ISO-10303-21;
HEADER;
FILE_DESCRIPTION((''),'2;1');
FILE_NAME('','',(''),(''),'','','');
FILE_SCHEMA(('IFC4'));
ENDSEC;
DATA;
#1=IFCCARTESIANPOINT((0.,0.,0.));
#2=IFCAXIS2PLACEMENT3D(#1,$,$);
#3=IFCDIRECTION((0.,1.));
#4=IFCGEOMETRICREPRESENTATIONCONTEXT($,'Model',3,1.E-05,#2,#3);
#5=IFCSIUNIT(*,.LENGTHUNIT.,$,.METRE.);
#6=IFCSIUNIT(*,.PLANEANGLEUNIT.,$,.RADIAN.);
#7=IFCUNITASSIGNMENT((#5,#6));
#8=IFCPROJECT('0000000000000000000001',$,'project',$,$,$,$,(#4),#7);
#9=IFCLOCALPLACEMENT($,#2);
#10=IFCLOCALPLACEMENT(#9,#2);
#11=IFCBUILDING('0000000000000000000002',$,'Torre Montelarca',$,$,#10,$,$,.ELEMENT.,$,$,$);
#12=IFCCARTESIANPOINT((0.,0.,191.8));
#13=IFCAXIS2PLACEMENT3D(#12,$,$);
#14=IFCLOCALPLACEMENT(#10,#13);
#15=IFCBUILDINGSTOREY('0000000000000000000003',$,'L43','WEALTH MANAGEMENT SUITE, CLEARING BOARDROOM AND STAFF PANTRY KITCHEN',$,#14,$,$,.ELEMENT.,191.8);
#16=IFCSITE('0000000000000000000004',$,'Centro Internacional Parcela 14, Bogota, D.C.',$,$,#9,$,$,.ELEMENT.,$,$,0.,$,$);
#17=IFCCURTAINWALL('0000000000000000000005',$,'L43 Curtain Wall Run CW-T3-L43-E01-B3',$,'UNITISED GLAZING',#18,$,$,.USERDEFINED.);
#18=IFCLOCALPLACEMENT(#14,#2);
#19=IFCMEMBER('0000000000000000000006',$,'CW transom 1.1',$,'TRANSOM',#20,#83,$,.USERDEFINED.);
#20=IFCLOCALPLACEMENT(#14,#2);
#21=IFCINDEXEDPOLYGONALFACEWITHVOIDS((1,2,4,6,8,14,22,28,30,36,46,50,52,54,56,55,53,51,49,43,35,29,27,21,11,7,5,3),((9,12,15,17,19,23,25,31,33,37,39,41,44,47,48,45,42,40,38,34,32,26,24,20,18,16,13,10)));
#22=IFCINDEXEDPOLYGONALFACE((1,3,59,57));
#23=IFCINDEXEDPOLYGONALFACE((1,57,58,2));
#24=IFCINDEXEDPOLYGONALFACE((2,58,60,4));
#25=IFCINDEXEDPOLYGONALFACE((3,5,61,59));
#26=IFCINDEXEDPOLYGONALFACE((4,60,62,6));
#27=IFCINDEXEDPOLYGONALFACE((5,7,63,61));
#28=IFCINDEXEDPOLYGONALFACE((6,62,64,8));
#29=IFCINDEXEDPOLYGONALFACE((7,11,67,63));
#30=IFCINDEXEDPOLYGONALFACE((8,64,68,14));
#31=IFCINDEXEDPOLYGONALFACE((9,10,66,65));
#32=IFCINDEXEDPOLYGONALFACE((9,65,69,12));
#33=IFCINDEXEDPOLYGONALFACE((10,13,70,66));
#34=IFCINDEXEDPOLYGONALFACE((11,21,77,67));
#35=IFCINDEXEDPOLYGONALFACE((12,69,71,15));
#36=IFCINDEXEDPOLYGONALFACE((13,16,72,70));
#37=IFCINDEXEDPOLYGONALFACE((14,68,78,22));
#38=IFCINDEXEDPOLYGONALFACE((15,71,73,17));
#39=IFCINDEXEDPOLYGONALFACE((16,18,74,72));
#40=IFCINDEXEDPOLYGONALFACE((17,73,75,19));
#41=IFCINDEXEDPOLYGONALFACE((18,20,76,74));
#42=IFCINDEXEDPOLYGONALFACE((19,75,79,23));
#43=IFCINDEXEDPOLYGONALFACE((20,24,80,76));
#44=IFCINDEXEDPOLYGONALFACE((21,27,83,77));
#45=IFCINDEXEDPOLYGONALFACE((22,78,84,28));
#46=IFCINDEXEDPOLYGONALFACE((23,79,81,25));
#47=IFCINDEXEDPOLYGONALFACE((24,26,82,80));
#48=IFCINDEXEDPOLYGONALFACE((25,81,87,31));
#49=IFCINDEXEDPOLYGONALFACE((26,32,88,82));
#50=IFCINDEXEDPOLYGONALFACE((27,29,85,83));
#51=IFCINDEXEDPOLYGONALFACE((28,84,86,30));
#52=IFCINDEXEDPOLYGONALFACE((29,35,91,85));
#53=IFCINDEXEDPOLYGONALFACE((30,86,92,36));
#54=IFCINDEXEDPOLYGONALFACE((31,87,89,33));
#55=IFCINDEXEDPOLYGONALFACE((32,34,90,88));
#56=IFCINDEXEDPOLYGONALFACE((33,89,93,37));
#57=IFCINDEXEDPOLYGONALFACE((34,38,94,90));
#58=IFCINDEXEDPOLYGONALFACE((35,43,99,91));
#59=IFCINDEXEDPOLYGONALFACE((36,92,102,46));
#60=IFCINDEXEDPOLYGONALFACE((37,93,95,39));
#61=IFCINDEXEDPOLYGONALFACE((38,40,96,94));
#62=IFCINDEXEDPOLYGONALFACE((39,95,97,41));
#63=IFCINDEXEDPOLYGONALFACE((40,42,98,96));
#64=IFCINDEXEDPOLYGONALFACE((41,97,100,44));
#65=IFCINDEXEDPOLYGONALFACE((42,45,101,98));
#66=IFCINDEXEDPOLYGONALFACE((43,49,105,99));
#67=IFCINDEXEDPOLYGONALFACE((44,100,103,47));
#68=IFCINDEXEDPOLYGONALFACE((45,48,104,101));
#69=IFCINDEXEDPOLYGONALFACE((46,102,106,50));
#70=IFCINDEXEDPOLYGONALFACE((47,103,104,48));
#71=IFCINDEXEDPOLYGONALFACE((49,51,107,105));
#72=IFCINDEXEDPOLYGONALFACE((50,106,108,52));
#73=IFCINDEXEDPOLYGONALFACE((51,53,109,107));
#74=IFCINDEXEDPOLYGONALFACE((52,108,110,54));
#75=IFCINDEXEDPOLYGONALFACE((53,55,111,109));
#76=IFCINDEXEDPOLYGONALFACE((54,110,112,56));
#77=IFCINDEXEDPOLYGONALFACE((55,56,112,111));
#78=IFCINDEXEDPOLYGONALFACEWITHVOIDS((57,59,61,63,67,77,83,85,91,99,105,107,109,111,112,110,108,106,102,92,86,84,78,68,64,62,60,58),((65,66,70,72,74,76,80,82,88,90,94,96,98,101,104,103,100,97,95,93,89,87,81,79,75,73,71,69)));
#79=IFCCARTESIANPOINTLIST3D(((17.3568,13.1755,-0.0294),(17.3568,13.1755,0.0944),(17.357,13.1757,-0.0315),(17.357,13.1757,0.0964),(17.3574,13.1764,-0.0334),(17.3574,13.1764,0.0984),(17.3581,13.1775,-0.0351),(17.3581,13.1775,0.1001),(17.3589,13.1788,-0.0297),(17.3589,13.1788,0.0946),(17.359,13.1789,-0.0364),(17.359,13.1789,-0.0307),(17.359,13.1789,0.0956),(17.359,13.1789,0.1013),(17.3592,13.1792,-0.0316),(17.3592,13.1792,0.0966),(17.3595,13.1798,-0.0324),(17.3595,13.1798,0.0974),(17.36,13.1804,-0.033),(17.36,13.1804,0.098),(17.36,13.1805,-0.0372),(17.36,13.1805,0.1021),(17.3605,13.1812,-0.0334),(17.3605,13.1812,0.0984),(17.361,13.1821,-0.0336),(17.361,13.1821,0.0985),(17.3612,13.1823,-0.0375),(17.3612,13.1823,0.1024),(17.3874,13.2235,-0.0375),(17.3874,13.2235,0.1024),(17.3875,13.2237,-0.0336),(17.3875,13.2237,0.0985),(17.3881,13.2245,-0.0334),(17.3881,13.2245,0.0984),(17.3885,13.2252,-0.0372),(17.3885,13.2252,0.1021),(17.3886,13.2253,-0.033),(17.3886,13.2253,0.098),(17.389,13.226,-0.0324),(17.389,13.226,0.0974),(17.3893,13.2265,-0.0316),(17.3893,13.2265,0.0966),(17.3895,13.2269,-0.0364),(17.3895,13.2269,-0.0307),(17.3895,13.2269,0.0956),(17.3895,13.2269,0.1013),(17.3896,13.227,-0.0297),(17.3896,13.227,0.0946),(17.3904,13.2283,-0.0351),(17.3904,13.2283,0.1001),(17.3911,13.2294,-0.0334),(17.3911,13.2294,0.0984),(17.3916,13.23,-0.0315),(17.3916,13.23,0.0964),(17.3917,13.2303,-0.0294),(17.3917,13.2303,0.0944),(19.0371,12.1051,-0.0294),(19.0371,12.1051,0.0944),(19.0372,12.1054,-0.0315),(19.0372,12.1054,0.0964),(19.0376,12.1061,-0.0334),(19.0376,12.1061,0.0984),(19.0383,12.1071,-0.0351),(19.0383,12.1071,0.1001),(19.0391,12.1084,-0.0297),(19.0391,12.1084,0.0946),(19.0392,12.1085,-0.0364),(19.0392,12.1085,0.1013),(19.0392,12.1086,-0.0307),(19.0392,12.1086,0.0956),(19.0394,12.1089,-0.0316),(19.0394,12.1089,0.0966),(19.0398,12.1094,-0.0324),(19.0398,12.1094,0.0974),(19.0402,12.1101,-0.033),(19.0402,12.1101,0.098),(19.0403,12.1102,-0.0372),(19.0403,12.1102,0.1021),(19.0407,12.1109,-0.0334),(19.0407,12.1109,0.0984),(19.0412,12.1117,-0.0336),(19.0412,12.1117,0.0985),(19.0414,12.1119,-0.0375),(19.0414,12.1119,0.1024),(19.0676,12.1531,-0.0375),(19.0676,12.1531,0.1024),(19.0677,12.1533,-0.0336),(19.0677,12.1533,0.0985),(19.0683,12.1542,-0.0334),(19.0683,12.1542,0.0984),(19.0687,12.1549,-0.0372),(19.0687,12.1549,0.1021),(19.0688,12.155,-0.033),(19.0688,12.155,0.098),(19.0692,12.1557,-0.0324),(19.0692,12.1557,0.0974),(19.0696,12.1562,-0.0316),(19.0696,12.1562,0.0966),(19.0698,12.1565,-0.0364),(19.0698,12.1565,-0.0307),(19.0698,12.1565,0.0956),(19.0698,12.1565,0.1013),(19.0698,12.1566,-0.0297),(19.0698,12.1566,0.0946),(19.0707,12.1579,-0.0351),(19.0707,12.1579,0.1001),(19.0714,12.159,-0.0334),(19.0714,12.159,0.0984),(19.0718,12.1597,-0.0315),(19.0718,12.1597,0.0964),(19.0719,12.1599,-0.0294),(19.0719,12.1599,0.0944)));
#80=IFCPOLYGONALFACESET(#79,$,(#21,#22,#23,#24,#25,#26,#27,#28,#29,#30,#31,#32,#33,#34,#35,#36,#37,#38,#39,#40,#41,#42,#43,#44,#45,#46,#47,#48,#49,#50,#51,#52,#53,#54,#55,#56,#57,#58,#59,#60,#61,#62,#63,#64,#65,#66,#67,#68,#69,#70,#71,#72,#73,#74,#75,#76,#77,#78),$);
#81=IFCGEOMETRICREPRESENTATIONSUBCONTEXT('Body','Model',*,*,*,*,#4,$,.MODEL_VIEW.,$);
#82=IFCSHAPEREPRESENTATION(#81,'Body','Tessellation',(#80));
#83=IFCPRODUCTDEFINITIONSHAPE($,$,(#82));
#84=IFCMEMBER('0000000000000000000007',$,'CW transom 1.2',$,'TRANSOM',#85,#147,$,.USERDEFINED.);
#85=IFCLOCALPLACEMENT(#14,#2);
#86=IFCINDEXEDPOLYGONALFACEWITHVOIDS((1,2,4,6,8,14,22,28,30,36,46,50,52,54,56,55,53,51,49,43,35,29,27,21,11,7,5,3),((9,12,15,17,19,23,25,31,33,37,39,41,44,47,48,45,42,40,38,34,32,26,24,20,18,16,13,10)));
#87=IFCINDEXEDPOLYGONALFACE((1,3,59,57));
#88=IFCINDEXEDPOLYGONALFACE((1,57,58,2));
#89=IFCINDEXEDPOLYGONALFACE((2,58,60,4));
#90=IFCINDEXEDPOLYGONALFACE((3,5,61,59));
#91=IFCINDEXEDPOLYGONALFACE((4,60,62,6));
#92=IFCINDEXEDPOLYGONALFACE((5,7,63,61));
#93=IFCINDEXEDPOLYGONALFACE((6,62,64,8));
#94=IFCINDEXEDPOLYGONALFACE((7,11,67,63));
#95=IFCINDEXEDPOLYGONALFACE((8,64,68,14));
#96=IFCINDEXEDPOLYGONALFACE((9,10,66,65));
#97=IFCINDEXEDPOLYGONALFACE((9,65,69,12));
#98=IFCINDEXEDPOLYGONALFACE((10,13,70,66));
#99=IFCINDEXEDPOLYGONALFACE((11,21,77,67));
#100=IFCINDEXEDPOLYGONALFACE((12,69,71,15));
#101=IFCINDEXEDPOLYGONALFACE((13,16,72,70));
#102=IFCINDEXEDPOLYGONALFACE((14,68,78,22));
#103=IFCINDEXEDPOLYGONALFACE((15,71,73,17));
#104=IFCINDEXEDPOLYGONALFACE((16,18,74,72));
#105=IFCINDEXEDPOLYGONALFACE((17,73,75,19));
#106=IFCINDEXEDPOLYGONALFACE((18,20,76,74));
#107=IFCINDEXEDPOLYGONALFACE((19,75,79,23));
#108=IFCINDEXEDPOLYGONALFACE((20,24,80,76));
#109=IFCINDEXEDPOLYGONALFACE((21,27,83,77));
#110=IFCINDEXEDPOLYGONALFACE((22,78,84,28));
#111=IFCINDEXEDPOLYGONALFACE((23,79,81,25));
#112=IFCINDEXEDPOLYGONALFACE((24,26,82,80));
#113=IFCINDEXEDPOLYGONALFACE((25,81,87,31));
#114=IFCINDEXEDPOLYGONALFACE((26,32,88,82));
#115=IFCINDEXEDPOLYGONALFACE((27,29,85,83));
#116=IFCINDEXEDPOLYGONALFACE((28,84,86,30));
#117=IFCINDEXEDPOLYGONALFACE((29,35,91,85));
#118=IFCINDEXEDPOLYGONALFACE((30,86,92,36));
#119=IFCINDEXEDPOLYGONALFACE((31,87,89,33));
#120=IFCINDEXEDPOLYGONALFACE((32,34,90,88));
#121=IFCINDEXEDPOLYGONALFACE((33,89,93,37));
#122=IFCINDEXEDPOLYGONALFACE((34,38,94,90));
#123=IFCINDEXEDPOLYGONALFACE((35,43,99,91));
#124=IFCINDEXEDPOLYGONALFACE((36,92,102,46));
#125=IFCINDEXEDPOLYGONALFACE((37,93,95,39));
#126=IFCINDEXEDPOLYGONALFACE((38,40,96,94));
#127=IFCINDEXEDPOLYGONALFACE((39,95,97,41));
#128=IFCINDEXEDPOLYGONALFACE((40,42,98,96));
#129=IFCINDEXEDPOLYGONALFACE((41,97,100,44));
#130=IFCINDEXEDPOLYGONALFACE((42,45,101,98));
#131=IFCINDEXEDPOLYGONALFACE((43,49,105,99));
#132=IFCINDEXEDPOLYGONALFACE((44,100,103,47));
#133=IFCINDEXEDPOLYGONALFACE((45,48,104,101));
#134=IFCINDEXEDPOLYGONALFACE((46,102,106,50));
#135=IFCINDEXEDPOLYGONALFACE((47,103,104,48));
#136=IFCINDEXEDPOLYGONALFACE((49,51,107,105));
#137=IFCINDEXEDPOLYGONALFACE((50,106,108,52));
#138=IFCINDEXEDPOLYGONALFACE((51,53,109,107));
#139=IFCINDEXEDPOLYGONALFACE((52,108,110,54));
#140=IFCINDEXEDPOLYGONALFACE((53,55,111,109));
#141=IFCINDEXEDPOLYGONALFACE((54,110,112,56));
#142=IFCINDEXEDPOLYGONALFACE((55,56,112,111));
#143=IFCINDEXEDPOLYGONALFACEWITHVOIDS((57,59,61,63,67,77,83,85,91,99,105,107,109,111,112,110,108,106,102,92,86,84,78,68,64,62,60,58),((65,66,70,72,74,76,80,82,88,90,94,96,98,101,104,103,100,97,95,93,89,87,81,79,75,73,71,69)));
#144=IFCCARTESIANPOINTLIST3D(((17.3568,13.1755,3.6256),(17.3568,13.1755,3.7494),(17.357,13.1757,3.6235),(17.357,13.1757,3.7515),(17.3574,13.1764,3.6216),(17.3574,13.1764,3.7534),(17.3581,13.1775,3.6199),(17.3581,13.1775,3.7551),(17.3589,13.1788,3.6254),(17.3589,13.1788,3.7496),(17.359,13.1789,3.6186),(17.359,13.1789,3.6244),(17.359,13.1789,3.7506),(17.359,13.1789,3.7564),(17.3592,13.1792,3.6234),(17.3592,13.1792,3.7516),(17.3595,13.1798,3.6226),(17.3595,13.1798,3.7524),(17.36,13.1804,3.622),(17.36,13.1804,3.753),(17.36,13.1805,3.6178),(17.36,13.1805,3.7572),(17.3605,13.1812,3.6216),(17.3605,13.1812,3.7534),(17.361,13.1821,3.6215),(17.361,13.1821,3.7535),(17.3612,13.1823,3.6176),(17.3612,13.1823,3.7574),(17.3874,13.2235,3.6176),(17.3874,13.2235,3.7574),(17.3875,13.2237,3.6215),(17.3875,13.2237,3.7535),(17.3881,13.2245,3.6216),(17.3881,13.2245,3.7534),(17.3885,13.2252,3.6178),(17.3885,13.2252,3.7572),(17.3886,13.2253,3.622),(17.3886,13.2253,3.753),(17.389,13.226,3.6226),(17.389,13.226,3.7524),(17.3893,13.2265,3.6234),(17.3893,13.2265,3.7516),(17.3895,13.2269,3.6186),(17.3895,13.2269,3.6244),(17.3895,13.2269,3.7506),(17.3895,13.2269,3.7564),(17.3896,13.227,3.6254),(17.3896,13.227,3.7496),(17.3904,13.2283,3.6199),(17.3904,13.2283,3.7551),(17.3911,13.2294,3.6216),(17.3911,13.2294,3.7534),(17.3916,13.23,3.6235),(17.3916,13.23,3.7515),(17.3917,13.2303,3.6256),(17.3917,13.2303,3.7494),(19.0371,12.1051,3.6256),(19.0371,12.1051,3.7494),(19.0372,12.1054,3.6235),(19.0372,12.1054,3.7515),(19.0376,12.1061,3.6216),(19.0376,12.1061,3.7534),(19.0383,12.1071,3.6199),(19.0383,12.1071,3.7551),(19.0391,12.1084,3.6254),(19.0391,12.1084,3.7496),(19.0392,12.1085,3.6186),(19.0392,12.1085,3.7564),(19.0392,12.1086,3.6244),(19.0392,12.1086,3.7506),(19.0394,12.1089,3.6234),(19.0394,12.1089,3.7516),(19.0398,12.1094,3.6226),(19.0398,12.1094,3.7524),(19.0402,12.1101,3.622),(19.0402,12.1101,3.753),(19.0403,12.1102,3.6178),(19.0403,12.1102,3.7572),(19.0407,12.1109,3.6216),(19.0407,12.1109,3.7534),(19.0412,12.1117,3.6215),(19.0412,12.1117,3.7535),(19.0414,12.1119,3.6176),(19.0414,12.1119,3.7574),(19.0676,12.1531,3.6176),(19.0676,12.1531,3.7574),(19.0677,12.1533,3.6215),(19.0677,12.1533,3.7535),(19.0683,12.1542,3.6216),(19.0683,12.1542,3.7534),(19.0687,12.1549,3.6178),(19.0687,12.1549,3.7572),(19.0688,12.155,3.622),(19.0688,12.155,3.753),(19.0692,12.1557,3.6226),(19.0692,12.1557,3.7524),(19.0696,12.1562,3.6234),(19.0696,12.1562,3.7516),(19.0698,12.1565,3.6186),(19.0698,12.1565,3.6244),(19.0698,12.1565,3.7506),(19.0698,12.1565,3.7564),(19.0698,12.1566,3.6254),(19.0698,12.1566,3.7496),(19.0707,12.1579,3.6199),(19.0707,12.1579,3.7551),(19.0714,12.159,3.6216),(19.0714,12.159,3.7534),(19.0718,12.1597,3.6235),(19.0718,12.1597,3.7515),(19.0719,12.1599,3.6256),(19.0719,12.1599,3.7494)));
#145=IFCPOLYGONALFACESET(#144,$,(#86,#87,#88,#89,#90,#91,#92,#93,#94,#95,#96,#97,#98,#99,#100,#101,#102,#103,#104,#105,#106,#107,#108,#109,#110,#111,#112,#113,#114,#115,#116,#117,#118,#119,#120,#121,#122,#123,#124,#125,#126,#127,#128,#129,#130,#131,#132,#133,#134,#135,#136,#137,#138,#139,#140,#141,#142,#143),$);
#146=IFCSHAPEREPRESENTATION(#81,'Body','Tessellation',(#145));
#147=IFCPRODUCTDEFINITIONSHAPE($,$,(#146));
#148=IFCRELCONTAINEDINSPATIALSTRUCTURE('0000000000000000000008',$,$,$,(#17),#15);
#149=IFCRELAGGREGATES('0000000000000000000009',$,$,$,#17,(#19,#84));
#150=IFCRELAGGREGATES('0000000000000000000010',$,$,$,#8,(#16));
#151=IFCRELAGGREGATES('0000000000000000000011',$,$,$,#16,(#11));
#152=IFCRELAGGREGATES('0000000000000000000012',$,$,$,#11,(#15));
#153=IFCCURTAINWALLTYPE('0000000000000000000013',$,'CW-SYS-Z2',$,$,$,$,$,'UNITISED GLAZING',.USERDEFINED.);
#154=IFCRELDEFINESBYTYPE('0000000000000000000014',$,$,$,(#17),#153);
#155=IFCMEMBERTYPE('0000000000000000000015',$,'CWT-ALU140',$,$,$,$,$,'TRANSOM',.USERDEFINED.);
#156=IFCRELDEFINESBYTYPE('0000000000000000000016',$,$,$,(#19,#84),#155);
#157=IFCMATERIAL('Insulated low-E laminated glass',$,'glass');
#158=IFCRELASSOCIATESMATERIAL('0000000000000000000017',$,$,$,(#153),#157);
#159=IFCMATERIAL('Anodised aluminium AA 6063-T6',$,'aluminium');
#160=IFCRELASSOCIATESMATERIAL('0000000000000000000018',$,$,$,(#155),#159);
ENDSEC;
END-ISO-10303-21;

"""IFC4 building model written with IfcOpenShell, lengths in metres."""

from ifc_helpers import new_model, si_unit, direction, frame, origin, origin_2d, place, context, subcontext, project, spatial, hollow_rectangle, extrude, source, transform, mapped, material, material_profile, profile_set, type_object, element, aggregate, save


model = new_model("IFC4")

# Units and contexts
model_context = context("Model", 3, precision=1e-05, world=origin(), true_north=direction((0.0, 1.0)))
body_context = subcontext(model_context, "Body", "Model", "MODEL_VIEW")
ifc_project = project(units=[si_unit("LENGTHUNIT", "METRE"), si_unit("PLANEANGLEUNIT", "RADIAN")], contexts=[model_context])

# Site, building, storey
site_placement = place(None, origin())
site = spatial("IfcSite", under=ifc_project, at=site_placement, Name="Centro Internacional Parcela 14, Bogota, D.C.", CompositionType="ELEMENT", RefElevation=0.0)
building_placement = place(site_placement, origin())
building = spatial("IfcBuilding", under=site, at=building_placement, Name="Torre Montelarca", CompositionType="ELEMENT")
storey_placement = place(building_placement, frame((0.0, 0.0, 191.8)))
storey = spatial("IfcBuildingStorey", under=building, at=storey_placement, Name="L43", Description="WEALTH MANAGEMENT SUITE, CLEARING BOARDROOM AND STAFF PANTRY KITCHEN", CompositionType="ELEMENT", Elevation=191.8)

# Curtain wall
ifc_material_1 = material(Name="Insulated low-E laminated glass", Category="glass")
curtain_wall_type = type_object("IfcCurtainWallType", Name="CW-SYS-Z2", ElementType="UNITISED GLAZING", PredefinedType="USERDEFINED", material=ifc_material_1)
ifc_material_2 = material(Name="Anodised aluminium AA 6063-T6", Category="aluminium")
curtain_wall_1_placement = place(storey_placement, origin())
curtain_wall_1 = element("IfcCurtainWall", 1, at=curtain_wall_1_placement, inside=storey, type_object=curtain_wall_type, Name="L43 Curtain Wall Run CW-T3-L43-E01-B3", ObjectType="UNITISED GLAZING", PredefinedType="USERDEFINED")

# Members
ifc_material_profile_1 = material_profile(ifc_material_2, hollow_rectangle(XDim=0.0649, YDim=0.1399, WallThickness=0.0039, InnerFilletRadius=0.0039, OuterFilletRadius=0.0081, at=origin_2d()), Name="ALU65X140X4", Category="aluminium")
ifc_profile_set_1 = profile_set([ifc_material_profile_1], Name="Anodised aluminium AA 6063-T6")
member_type_1 = type_object("IfcMemberType", Name="CWT-ALU140", ElementType="TRANSOM", PredefinedType="USERDEFINED", material=ifc_profile_set_1)
shared_shape_1 = source(origin(), body_context, "Body", "SweptSolid", [
    extrude(hollow_rectangle(XDim=0.0649, YDim=0.1399, WallThickness=0.0039, InnerFilletRadius=0.0039, OuterFilletRadius=0.0081, at=origin_2d()), origin(), (0.0, 0.0, 1.0), 1.9922),
])
member_1_placement = place(storey_placement, frame((17.3743, 13.2029, 0.0325), z_axis=(0.843409, -0.537272, 0.0), x_axis=(0.537272, 0.843409, 0.0)))
member_1 = element("IfcMember", 2, at=member_1_placement, type_object=member_type_1, Name="CW transom 1.1", ObjectType="TRANSOM", PredefinedType="USERDEFINED", context=body_context, shape_type="MappedRepresentation", body=[
    mapped(shared_shape_1, transform((0.0, 0.0, 0.0), scale=1.0)),
])
member_2_placement = place(storey_placement, frame((17.3743, 13.2029, 3.6875), z_axis=(0.843409, -0.537272, 0.0), x_axis=(0.537272, 0.843409, 0.0)))
member_2 = element("IfcMember", 3, at=member_2_placement, type_object=member_type_1, Name="CW transom 1.2", ObjectType="TRANSOM", PredefinedType="USERDEFINED", context=body_context, shape_type="MappedRepresentation", body=[
    mapped(shared_shape_1, transform((0.0, 0.0, 0.0), scale=1.0)),
])

aggregate(curtain_wall_1, [member_1, member_2])

save(model, "model.ifc")
